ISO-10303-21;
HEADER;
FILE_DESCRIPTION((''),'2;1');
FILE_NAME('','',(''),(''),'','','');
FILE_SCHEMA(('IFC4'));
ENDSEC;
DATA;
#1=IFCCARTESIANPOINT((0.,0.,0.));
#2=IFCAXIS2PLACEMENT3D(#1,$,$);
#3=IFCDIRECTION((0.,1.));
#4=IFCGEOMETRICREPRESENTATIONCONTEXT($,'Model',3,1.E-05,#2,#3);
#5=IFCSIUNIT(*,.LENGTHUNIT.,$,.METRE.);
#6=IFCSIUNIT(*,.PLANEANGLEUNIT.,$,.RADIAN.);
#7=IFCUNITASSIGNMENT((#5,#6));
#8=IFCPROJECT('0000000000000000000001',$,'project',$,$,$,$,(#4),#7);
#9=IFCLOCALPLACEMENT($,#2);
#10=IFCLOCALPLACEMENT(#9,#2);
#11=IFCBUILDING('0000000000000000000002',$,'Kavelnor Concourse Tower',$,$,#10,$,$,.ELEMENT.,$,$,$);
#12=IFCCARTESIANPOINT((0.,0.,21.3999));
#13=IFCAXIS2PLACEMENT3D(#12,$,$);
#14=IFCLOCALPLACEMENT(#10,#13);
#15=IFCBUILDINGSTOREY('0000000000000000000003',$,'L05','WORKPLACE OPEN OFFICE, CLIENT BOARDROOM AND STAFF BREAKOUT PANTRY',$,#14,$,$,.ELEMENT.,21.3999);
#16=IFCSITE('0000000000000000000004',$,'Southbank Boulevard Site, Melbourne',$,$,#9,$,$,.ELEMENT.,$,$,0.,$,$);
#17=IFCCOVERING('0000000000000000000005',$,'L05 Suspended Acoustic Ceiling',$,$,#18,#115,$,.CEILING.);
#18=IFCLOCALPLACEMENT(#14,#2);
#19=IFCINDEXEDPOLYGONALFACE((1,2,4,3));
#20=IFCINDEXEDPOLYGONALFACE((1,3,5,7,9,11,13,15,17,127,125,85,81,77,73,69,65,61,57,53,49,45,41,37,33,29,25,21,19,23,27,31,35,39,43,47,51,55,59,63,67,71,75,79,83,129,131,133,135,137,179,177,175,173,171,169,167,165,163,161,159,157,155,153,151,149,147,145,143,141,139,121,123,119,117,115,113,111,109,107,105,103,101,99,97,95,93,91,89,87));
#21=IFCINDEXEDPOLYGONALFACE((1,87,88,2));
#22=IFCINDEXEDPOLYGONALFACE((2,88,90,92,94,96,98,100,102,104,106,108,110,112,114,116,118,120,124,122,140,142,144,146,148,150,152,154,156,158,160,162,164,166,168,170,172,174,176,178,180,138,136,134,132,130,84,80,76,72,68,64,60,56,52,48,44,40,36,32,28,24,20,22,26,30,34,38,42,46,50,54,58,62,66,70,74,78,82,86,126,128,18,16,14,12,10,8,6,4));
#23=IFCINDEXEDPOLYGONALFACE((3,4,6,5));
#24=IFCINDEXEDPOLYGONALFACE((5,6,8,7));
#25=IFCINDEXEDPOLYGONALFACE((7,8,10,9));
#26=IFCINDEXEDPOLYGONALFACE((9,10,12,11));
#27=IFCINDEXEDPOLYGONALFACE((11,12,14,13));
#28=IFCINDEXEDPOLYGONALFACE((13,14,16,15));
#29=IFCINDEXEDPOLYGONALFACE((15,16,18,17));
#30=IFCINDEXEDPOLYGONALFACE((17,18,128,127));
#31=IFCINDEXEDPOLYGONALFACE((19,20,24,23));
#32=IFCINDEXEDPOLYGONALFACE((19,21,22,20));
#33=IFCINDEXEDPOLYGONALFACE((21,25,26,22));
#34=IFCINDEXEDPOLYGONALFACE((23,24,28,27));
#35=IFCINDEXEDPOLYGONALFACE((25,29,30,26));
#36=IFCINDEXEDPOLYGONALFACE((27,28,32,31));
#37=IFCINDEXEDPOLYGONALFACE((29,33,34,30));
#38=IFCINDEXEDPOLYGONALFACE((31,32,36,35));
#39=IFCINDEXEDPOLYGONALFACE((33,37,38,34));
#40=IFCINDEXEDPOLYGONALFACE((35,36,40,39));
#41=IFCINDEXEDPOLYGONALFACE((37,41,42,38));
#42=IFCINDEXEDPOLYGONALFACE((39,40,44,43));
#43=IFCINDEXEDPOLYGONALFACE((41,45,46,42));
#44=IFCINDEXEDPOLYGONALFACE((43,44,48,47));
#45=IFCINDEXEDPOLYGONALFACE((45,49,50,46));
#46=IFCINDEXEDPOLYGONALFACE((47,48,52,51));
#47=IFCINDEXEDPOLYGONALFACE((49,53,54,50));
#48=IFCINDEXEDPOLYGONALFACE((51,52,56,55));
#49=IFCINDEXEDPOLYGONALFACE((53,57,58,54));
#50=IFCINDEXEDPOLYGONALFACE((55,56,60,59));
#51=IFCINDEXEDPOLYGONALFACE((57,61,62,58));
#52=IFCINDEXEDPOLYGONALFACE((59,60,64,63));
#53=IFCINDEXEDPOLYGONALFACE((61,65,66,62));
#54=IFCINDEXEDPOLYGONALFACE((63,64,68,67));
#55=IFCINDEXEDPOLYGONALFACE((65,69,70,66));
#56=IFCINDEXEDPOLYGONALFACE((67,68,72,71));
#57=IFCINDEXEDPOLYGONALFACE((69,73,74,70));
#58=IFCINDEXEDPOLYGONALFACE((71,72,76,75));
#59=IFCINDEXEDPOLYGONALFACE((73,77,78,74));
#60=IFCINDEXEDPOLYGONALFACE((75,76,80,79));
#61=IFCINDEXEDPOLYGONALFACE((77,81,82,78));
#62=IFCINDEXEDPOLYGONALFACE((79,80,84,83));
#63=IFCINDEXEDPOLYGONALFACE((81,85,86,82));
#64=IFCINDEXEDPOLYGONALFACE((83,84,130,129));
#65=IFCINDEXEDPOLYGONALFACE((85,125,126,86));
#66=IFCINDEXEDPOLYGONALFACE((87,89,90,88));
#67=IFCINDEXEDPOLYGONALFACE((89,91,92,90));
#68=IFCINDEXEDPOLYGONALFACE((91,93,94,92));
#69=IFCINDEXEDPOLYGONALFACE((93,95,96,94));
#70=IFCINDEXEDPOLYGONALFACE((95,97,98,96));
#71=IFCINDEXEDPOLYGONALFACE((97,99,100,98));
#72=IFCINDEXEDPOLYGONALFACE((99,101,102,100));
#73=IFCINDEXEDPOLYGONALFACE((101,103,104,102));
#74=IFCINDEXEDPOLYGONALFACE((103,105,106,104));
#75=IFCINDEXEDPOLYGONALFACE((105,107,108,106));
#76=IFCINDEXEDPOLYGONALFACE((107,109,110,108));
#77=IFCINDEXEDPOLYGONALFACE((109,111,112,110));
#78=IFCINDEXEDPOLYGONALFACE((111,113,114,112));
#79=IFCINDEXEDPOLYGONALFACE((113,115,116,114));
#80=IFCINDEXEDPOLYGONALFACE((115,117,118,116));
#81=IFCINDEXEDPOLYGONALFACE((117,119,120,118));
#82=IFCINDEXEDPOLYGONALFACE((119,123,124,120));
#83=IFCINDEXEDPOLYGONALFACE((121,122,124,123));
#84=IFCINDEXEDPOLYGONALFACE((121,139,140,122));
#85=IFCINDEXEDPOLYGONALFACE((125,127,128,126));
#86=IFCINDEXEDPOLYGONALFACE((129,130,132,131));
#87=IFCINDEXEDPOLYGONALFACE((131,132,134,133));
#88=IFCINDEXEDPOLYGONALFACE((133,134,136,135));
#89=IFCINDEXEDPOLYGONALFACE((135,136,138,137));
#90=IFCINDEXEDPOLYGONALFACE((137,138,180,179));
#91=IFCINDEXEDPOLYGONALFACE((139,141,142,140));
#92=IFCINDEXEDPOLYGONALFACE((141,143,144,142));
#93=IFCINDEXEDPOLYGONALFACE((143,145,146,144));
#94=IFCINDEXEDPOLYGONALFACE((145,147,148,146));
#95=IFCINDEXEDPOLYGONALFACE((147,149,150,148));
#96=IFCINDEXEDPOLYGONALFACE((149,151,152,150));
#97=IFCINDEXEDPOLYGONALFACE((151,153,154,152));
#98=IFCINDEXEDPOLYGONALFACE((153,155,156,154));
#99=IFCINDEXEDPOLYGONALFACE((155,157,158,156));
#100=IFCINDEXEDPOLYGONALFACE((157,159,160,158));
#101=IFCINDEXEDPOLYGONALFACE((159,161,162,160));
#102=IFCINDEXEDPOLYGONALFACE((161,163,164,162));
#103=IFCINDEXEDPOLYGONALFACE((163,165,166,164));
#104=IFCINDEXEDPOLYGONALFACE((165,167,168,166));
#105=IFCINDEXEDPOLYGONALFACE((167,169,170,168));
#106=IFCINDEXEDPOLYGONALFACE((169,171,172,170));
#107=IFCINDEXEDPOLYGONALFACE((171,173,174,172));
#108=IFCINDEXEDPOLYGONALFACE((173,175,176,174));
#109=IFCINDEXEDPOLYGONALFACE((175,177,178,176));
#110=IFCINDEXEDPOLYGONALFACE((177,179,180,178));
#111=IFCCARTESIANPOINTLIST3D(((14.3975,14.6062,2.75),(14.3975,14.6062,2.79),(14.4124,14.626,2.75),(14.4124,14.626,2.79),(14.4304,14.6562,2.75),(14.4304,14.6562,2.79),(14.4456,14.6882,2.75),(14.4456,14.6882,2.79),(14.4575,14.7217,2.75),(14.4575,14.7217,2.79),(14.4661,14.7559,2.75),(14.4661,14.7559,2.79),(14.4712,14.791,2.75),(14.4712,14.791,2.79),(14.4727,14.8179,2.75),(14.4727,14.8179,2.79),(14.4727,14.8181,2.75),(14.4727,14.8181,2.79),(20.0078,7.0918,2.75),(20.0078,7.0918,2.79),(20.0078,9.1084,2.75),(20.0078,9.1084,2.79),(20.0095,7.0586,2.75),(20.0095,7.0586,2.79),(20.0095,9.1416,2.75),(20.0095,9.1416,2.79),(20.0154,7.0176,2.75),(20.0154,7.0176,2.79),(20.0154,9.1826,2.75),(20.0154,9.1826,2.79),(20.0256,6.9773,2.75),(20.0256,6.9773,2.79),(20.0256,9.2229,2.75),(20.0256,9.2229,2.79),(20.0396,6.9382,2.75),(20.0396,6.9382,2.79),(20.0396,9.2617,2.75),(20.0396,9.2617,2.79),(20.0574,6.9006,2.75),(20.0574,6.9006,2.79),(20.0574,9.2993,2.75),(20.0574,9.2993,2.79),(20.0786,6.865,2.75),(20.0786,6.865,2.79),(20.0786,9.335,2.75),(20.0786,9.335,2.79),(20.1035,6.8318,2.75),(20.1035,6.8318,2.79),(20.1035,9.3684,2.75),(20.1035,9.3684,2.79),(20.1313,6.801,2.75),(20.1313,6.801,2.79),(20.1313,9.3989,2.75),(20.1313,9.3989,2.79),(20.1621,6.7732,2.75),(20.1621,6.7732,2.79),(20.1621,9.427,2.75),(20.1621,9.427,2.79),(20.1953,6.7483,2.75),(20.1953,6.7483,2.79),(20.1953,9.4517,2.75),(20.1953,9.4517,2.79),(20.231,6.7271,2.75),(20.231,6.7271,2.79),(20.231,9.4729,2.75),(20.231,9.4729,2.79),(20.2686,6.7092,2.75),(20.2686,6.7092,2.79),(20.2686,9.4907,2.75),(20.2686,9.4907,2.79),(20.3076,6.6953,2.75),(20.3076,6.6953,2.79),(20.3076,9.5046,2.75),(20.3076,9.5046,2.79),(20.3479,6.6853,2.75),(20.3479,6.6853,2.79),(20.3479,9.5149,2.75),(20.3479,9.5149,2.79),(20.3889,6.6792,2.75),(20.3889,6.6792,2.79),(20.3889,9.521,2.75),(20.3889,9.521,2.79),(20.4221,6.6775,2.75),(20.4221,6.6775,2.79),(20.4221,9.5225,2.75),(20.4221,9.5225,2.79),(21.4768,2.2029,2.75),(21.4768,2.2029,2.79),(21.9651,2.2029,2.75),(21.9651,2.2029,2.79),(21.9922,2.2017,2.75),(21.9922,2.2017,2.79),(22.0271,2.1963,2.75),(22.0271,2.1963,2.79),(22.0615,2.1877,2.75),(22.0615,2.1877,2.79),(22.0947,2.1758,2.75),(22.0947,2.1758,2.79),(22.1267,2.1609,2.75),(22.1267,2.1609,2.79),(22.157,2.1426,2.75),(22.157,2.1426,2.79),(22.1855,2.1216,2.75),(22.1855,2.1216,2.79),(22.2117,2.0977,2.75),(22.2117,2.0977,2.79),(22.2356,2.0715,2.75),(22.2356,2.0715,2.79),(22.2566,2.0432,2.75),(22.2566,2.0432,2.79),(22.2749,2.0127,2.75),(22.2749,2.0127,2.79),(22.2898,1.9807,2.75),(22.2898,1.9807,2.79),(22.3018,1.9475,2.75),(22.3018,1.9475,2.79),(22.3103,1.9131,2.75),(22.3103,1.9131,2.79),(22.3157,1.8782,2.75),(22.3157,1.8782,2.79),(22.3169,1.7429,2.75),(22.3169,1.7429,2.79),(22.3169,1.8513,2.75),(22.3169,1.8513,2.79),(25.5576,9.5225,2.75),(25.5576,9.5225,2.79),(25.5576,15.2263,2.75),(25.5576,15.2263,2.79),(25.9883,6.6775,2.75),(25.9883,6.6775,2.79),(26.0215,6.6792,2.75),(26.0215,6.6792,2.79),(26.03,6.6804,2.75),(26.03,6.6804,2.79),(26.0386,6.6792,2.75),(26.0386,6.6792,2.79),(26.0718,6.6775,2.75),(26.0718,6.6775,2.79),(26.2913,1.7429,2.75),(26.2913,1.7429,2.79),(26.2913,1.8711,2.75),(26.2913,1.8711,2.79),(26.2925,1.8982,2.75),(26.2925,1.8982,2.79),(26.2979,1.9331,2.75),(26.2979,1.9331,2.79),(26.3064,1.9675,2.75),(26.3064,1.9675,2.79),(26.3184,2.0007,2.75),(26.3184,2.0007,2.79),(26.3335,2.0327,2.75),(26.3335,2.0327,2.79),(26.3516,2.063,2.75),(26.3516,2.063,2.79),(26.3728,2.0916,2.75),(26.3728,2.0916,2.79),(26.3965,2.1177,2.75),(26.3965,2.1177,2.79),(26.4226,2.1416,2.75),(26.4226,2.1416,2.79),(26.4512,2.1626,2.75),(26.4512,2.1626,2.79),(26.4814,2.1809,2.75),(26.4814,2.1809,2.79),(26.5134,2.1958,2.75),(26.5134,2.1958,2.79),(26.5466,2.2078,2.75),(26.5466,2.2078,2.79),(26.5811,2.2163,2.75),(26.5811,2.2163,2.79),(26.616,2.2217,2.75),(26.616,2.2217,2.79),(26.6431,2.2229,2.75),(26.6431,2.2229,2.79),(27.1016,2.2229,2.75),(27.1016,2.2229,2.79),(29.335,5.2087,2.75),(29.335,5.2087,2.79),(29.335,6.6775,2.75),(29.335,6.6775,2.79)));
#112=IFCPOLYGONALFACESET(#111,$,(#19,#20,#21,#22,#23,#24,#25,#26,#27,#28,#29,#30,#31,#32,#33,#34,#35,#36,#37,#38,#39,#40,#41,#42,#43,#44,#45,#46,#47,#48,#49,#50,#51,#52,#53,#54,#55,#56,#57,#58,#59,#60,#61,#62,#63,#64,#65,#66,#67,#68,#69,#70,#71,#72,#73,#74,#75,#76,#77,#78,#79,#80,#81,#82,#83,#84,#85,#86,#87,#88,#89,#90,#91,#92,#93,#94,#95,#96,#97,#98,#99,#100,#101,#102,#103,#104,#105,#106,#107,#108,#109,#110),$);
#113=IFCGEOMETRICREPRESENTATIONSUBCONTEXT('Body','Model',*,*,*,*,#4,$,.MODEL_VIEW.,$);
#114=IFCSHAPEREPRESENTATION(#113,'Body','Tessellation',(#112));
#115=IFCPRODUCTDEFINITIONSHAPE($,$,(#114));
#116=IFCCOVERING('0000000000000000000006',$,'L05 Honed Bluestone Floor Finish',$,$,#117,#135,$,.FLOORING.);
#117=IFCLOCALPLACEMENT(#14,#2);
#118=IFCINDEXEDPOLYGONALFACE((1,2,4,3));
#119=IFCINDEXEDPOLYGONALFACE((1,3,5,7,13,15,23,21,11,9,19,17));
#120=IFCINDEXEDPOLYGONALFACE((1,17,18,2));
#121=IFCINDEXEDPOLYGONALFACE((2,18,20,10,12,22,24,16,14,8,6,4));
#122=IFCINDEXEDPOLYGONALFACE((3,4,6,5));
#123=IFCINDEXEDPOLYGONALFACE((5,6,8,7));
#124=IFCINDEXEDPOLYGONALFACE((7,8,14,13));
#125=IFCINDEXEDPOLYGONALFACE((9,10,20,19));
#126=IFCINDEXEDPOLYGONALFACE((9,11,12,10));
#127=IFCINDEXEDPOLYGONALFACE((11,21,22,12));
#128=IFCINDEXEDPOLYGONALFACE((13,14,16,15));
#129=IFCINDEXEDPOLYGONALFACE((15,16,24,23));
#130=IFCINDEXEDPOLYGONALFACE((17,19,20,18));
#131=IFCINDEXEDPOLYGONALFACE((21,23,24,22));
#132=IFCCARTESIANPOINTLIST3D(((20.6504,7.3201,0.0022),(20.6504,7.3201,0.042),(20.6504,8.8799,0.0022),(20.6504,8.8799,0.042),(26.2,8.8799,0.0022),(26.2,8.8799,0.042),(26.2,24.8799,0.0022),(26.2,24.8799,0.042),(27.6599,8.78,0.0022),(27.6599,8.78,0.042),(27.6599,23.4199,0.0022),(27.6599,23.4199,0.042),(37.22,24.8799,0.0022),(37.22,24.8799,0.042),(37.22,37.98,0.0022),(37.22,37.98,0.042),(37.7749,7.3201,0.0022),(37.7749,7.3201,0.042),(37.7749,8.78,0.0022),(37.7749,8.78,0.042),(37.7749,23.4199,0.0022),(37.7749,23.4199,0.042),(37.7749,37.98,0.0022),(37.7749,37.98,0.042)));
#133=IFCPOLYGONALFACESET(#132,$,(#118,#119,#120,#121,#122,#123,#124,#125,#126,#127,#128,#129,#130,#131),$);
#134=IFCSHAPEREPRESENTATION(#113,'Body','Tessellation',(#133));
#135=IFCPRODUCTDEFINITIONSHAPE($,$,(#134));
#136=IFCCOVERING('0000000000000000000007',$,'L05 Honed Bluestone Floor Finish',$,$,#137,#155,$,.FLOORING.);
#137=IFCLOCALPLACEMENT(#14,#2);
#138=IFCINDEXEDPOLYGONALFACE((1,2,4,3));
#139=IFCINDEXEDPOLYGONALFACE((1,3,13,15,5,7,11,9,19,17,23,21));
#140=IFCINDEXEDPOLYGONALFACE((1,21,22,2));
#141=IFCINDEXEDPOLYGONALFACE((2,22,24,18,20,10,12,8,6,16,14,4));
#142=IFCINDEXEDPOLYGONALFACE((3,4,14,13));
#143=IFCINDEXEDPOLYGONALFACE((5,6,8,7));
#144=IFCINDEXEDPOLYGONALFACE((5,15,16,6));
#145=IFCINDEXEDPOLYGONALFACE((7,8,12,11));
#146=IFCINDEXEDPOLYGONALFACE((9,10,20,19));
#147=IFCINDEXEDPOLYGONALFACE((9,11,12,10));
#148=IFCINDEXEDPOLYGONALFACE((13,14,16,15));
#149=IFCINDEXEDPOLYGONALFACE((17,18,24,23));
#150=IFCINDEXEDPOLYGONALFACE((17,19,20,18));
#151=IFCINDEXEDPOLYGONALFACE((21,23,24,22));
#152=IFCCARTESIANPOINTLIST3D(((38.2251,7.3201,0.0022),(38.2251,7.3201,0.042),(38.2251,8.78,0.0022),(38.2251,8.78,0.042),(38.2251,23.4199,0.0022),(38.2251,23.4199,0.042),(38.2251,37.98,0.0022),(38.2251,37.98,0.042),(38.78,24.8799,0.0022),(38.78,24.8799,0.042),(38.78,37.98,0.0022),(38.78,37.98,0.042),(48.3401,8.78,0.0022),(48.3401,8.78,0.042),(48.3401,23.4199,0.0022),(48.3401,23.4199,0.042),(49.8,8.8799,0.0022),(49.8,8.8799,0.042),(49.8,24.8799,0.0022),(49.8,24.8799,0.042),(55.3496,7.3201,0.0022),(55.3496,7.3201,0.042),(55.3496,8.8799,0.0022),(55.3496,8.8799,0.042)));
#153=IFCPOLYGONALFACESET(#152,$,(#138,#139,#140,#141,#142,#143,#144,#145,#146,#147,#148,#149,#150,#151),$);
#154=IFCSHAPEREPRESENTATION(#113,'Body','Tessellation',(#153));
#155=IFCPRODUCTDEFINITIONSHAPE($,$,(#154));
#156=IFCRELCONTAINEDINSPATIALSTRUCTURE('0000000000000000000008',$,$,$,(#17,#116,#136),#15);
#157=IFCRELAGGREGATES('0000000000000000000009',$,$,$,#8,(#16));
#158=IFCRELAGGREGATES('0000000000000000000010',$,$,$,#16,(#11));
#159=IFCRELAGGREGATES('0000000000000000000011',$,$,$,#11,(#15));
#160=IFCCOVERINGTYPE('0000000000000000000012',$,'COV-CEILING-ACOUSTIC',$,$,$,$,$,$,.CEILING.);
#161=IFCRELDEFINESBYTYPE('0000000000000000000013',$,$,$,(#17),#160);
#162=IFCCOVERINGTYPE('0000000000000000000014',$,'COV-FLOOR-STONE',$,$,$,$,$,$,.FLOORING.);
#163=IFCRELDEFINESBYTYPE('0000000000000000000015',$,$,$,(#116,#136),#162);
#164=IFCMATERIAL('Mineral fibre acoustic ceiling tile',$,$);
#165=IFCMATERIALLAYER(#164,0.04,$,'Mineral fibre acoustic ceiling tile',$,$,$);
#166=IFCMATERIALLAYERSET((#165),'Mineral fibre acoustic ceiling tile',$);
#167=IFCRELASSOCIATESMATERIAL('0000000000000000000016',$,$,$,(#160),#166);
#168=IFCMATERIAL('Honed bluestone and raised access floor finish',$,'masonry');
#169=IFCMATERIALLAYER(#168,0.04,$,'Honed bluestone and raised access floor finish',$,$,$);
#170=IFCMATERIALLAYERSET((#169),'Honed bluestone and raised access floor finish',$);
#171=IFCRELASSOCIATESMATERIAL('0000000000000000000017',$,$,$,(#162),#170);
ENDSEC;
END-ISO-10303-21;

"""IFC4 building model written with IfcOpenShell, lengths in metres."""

from ifc_helpers import new_model, si_unit, direction, frame, origin, place, context, subcontext, project, spatial, polyline, outline, extrude, material, layer, layer_set, type_object, element, save


model = new_model("IFC4")

# Units and contexts
model_context = context("Model", 3, precision=1e-05, world=origin(), true_north=direction((0.0, 1.0)))
body_context = subcontext(model_context, "Body", "Model", "MODEL_VIEW")
ifc_project = project(units=[si_unit("LENGTHUNIT", "METRE"), si_unit("PLANEANGLEUNIT", "RADIAN")], contexts=[model_context])

# Site, building, storey
site_placement = place(None, origin())
site = spatial("IfcSite", under=ifc_project, at=site_placement, Name="Southbank Boulevard Site, Melbourne", CompositionType="ELEMENT", RefElevation=0.0)
building_placement = place(site_placement, origin())
building = spatial("IfcBuilding", under=site, at=building_placement, Name="Kavelnor Concourse Tower", CompositionType="ELEMENT")
storey_placement = place(building_placement, frame((0.0, 0.0, 21.3999)))
storey = spatial("IfcBuildingStorey", under=building, at=storey_placement, Name="L05", Description="WORKPLACE OPEN OFFICE, CLIENT BOARDROOM AND STAFF BREAKOUT PANTRY", CompositionType="ELEMENT", Elevation=21.3999)

# Coverings
ifc_material_1 = material(Name="Mineral fibre acoustic ceiling tile")
ifc_layer_1 = layer(ifc_material_1, 0.04, Name="Mineral fibre acoustic ceiling tile")
ifc_layer_set_1 = layer_set([ifc_layer_1], Name="Mineral fibre acoustic ceiling tile")
covering_type_1 = type_object("IfcCoveringType", Name="COV-CEILING-ACOUSTIC", PredefinedType="CEILING", material=ifc_layer_set_1)
covering_1_placement = place(storey_placement, frame((0.0, 0.0, 2.75)))
element("IfcCovering", 1, at=covering_1_placement, inside=storey, type_object=covering_type_1, Name="L05 Suspended Acoustic Ceiling", PredefinedType="CEILING", context=body_context, shape_type="SweptSolid", body=[
    extrude(outline(polyline([(14.4124, 14.626), (14.4304, 14.6562), (14.4456, 14.6882), (14.4575, 14.7217), (14.4661, 14.7559), (14.4712, 14.791), (14.4727, 14.8179), (14.4727, 14.8181), (25.5576, 15.2263), (25.5576, 9.5225), (20.4221, 9.5225), (20.3889, 9.521), (20.3479, 9.5149), (20.3076, 9.5046), (20.2686, 9.4907), (20.231, 9.4729), (20.1953, 9.4517), (20.1621, 9.427), (20.1313, 9.3989), (20.1035, 9.3684), (20.0786, 9.335), (20.0574, 9.2993), (20.0396, 9.2617), (20.0256, 9.2229), (20.0154, 9.1826), (20.0095, 9.1416), (20.0078, 9.1084), (20.0078, 7.0918), (20.0095, 7.0586), (20.0154, 7.0176), (20.0256, 6.9773), (20.0396, 6.9382), (20.0574, 6.9006), (20.0786, 6.865), (20.1035, 6.8318), (20.1313, 6.801), (20.1621, 6.7732), (20.1953, 6.7483), (20.231, 6.7271), (20.2686, 6.7092), (20.3076, 6.6953), (20.3479, 6.6853), (20.3889, 6.6792), (20.4221, 6.6775), (25.9883, 6.6775), (26.0215, 6.6792), (26.03, 6.6804), (26.0386, 6.6792), (26.0718, 6.6775), (29.335, 6.6775), (29.335, 5.2087), (27.1016, 2.2229), (26.6431, 2.2229), (26.616, 2.2217), (26.5811, 2.2163), (26.5466, 2.2078), (26.5134, 2.1958), (26.4814, 2.1809), (26.4512, 2.1626), (26.4226, 2.1416), (26.3965, 2.1177), (26.3728, 2.0916), (26.3516, 2.063), (26.3335, 2.0327), (26.3184, 2.0007), (26.3064, 1.9675), (26.2979, 1.9331), (26.2925, 1.8982), (26.2913, 1.8711), (26.2913, 1.7429), (22.3169, 1.7429), (22.3169, 1.8513), (22.3157, 1.8782), (22.3103, 1.9131), (22.3018, 1.9475), (22.2898, 1.9807), (22.2749, 2.0127), (22.2566, 2.0432), (22.2356, 2.0715), (22.2117, 2.0977), (22.1855, 2.1216), (22.157, 2.1426), (22.1267, 2.1609), (22.0947, 2.1758), (22.0615, 2.1877), (22.0271, 2.1963), (21.9922, 2.2017), (21.9651, 2.2029), (21.4768, 2.2029), (14.3975, 14.6062), (14.4124, 14.626)])), origin(), (0.0, 0.0, 1.0), 0.04),
])
ifc_material_2 = material(Name="Honed bluestone and raised access floor finish", Category="masonry")
ifc_layer_2 = layer(ifc_material_2, 0.04, Name="Honed bluestone and raised access floor finish")
ifc_layer_set_2 = layer_set([ifc_layer_2], Name="Honed bluestone and raised access floor finish")
covering_type_2 = type_object("IfcCoveringType", Name="COV-FLOOR-STONE", PredefinedType="FLOORING", material=ifc_layer_set_2)
covering_2_placement = place(storey_placement, frame((0.0, 0.0, 0.0022)))
element("IfcCovering", 2, at=covering_2_placement, inside=storey, type_object=covering_type_2, Name="L05 Honed Bluestone Floor Finish", PredefinedType="FLOORING", context=body_context, shape_type="SweptSolid", body=[
    extrude(outline(polyline([(37.22, 37.98), (37.7749, 37.98), (37.7749, 23.4199), (27.6599, 23.4199), (27.6599, 8.78), (37.7749, 8.78), (37.7749, 7.3201), (20.6504, 7.3201), (20.6504, 8.8799), (26.2, 8.8799), (26.2, 24.8799), (37.22, 24.8799), (37.22, 37.98)])), origin(), (0.0, 0.0, 1.0), 0.0398),
])
covering_3_placement = place(storey_placement, frame((0.0, 0.0, 0.0022)))
element("IfcCovering", 3, at=covering_3_placement, inside=storey, type_object=covering_type_2, Name="L05 Honed Bluestone Floor Finish", PredefinedType="FLOORING", context=body_context, shape_type="SweptSolid", body=[
    extrude(outline(polyline([(38.78, 37.98), (38.78, 24.8799), (49.8, 24.8799), (49.8, 8.8799), (55.3496, 8.8799), (55.3496, 7.3201), (38.2251, 7.3201), (38.2251, 8.78), (48.3401, 8.78), (48.3401, 23.4199), (38.2251, 23.4199), (38.2251, 37.98), (38.78, 37.98)])), origin(), (0.0, 0.0, 1.0), 0.0398),
])

save(model, "model.ifc")
